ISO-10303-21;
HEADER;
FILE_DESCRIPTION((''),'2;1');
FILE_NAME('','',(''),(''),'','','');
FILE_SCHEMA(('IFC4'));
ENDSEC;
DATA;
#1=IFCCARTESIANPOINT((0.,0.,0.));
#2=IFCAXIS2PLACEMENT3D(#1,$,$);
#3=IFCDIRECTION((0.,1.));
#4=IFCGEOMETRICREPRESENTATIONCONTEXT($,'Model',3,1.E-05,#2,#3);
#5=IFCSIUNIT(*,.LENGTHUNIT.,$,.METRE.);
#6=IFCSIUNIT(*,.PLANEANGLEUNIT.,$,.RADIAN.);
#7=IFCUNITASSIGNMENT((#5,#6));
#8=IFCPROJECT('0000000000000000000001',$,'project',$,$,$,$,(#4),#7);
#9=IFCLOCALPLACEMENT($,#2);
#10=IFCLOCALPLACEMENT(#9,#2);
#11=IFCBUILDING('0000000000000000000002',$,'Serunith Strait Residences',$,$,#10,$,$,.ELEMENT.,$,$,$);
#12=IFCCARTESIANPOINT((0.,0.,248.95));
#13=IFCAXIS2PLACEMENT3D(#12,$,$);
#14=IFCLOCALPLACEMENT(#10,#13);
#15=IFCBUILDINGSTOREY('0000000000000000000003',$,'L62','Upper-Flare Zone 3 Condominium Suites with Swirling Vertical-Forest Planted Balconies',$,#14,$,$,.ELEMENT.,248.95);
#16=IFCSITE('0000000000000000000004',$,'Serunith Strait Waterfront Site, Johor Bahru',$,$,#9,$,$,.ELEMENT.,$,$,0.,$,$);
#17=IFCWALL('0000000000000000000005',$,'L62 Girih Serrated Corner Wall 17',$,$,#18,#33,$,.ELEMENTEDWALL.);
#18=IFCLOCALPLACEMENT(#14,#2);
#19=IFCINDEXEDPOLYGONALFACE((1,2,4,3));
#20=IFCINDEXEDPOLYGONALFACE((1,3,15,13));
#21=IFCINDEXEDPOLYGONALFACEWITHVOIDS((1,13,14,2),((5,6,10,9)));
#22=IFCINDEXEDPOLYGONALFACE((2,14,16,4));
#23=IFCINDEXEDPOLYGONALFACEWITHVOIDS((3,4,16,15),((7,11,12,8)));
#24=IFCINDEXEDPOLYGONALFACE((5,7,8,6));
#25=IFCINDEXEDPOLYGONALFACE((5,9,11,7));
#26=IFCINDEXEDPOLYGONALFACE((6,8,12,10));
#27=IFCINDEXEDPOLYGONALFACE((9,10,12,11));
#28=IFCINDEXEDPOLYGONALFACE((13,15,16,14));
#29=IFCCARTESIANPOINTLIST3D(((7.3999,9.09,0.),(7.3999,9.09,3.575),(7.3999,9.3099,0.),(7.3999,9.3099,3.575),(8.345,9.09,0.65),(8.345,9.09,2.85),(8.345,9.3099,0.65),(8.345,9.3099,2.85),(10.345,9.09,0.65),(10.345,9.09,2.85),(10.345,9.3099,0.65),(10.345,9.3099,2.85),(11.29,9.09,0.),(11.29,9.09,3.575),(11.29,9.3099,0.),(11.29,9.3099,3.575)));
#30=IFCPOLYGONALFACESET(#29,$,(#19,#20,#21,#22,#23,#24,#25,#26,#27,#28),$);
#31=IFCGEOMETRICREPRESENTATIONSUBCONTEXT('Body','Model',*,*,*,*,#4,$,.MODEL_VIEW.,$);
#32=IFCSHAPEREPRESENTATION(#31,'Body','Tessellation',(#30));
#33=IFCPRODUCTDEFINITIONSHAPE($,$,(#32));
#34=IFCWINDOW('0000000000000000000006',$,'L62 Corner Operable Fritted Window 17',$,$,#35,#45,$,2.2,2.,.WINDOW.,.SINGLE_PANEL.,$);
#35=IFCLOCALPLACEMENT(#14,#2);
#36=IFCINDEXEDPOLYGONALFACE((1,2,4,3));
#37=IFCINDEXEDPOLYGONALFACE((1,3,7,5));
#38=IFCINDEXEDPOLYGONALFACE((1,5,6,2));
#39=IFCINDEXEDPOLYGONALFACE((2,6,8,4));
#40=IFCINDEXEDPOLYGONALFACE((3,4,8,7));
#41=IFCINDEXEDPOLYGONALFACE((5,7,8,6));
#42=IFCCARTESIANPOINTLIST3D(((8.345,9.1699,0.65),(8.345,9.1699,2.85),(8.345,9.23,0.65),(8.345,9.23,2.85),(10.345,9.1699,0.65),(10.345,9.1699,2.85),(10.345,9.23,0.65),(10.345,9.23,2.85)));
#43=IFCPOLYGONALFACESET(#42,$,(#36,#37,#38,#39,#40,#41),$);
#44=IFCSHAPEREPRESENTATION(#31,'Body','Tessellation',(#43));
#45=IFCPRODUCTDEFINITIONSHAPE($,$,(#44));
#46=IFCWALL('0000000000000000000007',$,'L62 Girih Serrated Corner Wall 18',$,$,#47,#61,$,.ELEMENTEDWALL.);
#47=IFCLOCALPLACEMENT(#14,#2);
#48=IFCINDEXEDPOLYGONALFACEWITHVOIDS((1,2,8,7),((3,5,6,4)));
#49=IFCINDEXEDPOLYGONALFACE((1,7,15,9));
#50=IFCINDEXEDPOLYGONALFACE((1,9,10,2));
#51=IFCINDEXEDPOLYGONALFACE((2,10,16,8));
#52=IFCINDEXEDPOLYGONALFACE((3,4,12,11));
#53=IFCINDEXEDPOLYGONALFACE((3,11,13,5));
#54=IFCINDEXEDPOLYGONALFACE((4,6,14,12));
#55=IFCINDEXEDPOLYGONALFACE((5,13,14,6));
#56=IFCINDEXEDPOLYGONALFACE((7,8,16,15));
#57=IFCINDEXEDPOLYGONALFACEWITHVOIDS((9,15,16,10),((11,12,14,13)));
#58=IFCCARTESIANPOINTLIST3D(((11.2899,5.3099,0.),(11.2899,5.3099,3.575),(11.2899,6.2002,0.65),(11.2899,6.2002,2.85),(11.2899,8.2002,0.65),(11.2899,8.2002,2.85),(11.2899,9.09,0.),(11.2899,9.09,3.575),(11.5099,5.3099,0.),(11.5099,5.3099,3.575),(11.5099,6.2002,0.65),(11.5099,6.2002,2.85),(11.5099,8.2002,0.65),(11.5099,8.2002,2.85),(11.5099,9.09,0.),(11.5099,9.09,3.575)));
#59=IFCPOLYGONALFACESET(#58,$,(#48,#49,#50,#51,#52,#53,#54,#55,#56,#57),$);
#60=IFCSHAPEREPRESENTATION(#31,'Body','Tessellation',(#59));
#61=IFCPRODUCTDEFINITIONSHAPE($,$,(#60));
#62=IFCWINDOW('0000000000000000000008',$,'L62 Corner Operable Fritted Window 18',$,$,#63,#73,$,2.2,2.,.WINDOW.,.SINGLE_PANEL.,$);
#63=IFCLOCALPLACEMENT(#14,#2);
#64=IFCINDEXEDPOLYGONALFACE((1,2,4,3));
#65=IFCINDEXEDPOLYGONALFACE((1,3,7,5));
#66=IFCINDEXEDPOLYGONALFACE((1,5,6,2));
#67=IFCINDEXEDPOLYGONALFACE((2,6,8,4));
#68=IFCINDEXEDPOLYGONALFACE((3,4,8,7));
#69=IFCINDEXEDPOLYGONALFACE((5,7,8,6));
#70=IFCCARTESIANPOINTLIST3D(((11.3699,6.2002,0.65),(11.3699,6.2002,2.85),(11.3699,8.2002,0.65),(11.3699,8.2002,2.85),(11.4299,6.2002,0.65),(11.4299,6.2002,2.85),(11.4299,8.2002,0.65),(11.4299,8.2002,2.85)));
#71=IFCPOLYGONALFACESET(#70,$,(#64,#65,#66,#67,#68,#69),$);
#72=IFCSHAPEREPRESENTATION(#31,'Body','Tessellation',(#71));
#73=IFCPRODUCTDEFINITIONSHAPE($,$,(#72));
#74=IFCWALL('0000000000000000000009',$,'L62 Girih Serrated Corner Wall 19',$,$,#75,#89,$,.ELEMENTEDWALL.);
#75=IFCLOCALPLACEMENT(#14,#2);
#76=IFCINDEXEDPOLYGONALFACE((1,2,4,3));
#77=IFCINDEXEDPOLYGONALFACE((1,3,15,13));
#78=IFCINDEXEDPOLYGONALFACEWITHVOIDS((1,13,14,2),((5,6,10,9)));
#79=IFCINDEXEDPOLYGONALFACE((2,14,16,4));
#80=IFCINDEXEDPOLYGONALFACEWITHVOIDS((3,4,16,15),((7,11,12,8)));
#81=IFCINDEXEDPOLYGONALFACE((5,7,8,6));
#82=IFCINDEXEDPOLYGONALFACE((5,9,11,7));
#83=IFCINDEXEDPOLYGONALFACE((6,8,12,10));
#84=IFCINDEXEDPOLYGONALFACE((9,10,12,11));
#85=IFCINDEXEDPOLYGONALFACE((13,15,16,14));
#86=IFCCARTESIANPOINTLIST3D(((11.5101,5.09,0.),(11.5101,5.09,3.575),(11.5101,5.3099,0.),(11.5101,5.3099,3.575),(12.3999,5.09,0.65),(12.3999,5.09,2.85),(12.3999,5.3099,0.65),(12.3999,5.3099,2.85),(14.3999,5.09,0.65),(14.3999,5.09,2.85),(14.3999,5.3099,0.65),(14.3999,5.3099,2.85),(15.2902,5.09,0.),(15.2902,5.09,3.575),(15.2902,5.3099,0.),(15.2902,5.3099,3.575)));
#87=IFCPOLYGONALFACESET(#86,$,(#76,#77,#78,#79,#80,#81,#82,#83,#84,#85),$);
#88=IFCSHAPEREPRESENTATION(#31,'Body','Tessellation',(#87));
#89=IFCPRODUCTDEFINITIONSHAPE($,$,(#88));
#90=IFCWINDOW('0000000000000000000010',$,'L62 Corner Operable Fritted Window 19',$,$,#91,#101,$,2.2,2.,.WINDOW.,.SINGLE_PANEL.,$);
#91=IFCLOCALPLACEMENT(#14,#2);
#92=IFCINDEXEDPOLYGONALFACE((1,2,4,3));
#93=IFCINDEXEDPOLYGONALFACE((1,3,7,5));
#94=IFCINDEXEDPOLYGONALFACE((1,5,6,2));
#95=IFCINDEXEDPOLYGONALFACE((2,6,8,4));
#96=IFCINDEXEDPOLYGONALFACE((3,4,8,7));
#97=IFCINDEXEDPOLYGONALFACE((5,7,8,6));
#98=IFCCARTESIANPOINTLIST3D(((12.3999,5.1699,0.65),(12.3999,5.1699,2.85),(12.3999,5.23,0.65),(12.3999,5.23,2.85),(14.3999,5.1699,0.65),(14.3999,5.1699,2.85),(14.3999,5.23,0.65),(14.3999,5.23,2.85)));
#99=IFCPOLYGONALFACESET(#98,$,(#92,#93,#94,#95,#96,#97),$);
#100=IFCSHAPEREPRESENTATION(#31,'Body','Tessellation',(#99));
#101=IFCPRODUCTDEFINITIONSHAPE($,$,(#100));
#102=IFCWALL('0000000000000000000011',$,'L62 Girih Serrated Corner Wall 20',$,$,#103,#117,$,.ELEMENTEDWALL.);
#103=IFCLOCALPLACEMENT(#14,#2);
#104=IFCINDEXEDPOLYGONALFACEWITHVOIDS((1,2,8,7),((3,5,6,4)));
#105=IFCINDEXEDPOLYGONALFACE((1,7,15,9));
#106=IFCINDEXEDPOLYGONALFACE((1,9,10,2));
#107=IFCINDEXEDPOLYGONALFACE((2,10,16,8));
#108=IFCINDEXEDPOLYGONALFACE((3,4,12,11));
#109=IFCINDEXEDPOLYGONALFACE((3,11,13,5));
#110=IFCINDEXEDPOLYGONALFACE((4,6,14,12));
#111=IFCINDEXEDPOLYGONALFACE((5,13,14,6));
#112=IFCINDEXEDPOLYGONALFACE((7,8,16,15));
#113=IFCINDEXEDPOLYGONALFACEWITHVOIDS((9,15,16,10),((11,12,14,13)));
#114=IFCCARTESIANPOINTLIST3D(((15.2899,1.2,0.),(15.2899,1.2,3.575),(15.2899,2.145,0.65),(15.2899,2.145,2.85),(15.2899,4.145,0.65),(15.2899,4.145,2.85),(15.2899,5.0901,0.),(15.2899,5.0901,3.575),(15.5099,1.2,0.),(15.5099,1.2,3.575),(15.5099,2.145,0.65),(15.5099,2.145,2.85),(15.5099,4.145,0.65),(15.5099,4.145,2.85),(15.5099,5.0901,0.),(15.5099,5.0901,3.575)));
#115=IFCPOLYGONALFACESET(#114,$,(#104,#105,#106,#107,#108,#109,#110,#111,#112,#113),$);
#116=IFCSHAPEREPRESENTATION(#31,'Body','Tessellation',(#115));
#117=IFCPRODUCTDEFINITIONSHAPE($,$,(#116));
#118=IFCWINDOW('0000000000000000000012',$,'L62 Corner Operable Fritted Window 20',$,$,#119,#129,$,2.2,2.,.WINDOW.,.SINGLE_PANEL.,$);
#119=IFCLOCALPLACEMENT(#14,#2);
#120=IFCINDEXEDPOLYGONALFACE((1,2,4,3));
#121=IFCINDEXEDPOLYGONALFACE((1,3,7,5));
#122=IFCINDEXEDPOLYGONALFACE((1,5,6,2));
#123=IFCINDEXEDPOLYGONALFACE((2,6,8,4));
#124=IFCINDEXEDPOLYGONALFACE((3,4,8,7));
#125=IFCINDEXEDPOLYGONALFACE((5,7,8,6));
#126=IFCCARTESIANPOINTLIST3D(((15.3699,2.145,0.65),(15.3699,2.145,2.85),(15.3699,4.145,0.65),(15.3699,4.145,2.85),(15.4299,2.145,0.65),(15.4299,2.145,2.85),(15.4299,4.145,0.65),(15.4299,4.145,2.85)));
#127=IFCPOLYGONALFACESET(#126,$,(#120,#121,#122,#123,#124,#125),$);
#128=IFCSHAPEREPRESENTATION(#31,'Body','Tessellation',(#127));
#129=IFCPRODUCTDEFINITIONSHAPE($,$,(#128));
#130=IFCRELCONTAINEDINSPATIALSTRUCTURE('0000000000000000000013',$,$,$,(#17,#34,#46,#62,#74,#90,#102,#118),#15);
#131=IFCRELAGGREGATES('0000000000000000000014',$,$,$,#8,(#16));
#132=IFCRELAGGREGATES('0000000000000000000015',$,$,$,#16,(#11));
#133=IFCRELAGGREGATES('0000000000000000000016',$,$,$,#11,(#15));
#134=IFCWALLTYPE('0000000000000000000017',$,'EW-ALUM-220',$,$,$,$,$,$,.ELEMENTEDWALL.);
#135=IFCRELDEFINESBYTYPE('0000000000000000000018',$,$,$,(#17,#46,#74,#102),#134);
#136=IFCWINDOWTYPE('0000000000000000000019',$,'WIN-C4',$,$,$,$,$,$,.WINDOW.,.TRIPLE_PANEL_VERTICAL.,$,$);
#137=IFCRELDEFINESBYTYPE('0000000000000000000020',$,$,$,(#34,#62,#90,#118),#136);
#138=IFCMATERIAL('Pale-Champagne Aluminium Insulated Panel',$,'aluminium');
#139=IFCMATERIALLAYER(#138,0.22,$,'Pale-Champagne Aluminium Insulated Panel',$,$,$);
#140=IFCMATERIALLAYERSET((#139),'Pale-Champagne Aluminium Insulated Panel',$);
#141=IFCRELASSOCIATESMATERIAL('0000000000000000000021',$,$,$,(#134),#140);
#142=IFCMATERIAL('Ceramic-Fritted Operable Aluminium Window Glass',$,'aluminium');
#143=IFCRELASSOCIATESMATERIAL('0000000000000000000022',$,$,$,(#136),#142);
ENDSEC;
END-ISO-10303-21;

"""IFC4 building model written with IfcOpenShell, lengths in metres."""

from ifc_helpers import new_model, si_unit, direction, frame, frame_2d, origin, place, context, subcontext, project, spatial, rectangle, extrude, source, transform, mapped, material, layer, layer_set, type_object, element, fill, save


model = new_model("IFC4")

# Units and contexts
model_context = context("Model", 3, precision=1e-05, world=origin(), true_north=direction((0.0, 1.0)))
body_context = subcontext(model_context, "Body", "Model", "MODEL_VIEW")
ifc_project = project(units=[si_unit("LENGTHUNIT", "METRE"), si_unit("PLANEANGLEUNIT", "RADIAN")], contexts=[model_context])

# Site, building, storey
site_placement = place(None, origin())
site = spatial("IfcSite", under=ifc_project, at=site_placement, Name="Serunith Strait Waterfront Site, Johor Bahru", CompositionType="ELEMENT", RefElevation=0.0)
building_placement = place(site_placement, origin())
building = spatial("IfcBuilding", under=site, at=building_placement, Name="Serunith Strait Residences", CompositionType="ELEMENT")
storey_placement = place(building_placement, frame((0.0, 0.0, 248.95)))
storey = spatial("IfcBuildingStorey", under=building, at=storey_placement, Name="L62", Description="Upper-Flare Zone 3 Condominium Suites with Swirling Vertical-Forest Planted Balconies", CompositionType="ELEMENT", Elevation=248.95)

# Walls, openings, windows
ifc_material_1 = material(Name="Pale-Champagne Aluminium Insulated Panel", Category="aluminium")
ifc_layer_1 = layer(ifc_material_1, 0.22, Name="Pale-Champagne Aluminium Insulated Panel")
ifc_layer_set_1 = layer_set([ifc_layer_1], Name="Pale-Champagne Aluminium Insulated Panel")
wall_type = type_object("IfcWallType", Name="EW-ALUM-220", PredefinedType="ELEMENTEDWALL", material=ifc_layer_set_1)
wall_1_placement = place(storey_placement, frame((7.3999, 9.2, 0.0), z_axis=(0.0, 0.0, 1.0), x_axis=(1.0, 0.0, 0.0)))
wall_1 = element("IfcWall", 1, at=wall_1_placement, inside=storey, type_object=wall_type, Name="L62 Girih Serrated Corner Wall 17", PredefinedType="ELEMENTEDWALL", context=body_context, shape_type="SweptSolid", body=[
    extrude(rectangle(XDim=3.8901, YDim=0.22, at=frame_2d((1.9451, 0.0))), origin(), (0.0, 0.0, 1.0), 3.575),
])
opening_1_placement = place(wall_1_placement, frame((0.9451, 0.0, 0.6499)))
opening_1 = element("IfcOpeningElement", 2, at=opening_1_placement, cuts=wall_1, PredefinedType="OPENING", context=body_context, shape_type="SweptSolid", body=[
    extrude(rectangle(XDim=2.0, YDim=2.2, at=frame_2d((1.0, 1.1001))), frame((0.0, 0.1201, 0.0), z_axis=(0.0, -1.0, 0.0), x_axis=(1.0, 0.0, 0.0)), (0.0, 0.0, 1.0), 0.24),
])
ifc_material_2 = material(Name="Ceramic-Fritted Operable Aluminium Window Glass", Category="aluminium")
window_type = type_object("IfcWindowType", Name="WIN-C4", PartitioningType="TRIPLE_PANEL_VERTICAL", PredefinedType="WINDOW", material=ifc_material_2)
shared_shape_1 = source(origin(), body_context, "Body", "SweptSolid", [
    extrude(rectangle(XDim=2.0, YDim=2.2, at=frame_2d((1.0, 1.1001))), frame((0.0, 0.03, 0.0), z_axis=(0.0, -1.0, 0.0), x_axis=(1.0, 0.0, 0.0)), (0.0, 0.0, 1.0), 0.0601),
])
window_1_placement = place(opening_1_placement, origin())
window_1 = element("IfcWindow", 3, at=window_1_placement, inside=storey, type_object=window_type, Name="L62 Corner Operable Fritted Window 17", OverallHeight=2.2, OverallWidth=2.0, PartitioningType="SINGLE_PANEL", PredefinedType="WINDOW", context=body_context, shape_type="MappedRepresentation", body=[
    mapped(shared_shape_1, transform((0.0, 0.0, 0.0), scale=1.0)),
])
fill(opening_1, window_1)
wall_2_placement = place(storey_placement, frame((11.3999, 9.0901, 0.0), z_axis=(0.0, 0.0, 1.0), x_axis=(0.0, -1.0, 0.0)))
wall_2 = element("IfcWall", 4, at=wall_2_placement, inside=storey, type_object=wall_type, Name="L62 Girih Serrated Corner Wall 18", PredefinedType="ELEMENTEDWALL", context=body_context, shape_type="SweptSolid", body=[
    extrude(rectangle(XDim=3.78, YDim=0.22, at=frame_2d((1.8901, 0.0))), origin(), (0.0, 0.0, 1.0), 3.575),
])
opening_2_placement = place(wall_2_placement, frame((0.8899, 0.0, 0.6499)))
opening_2 = element("IfcOpeningElement", 5, at=opening_2_placement, cuts=wall_2, PredefinedType="OPENING", context=body_context, shape_type="SweptSolid", body=[
    extrude(rectangle(XDim=2.0, YDim=2.2, at=frame_2d((1.0, 1.1001))), frame((0.0, 0.1201, 0.0), z_axis=(0.0, -1.0, 0.0), x_axis=(1.0, 0.0, 0.0)), (0.0, 0.0, 1.0), 0.24),
])
window_2_placement = place(opening_2_placement, origin())
window_2 = element("IfcWindow", 6, at=window_2_placement, inside=storey, type_object=window_type, Name="L62 Corner Operable Fritted Window 18", OverallHeight=2.2, OverallWidth=2.0, PartitioningType="SINGLE_PANEL", PredefinedType="WINDOW", context=body_context, shape_type="MappedRepresentation", body=[
    mapped(shared_shape_1, transform((0.0, 0.0, 0.0), scale=1.0)),
])
fill(opening_2, window_2)
wall_3_placement = place(storey_placement, frame((11.51, 5.2, 0.0), z_axis=(0.0, 0.0, 1.0), x_axis=(1.0, 0.0, 0.0)))
wall_3 = element("IfcWall", 7, at=wall_3_placement, inside=storey, type_object=wall_type, Name="L62 Girih Serrated Corner Wall 19", PredefinedType="ELEMENTEDWALL", context=body_context, shape_type="SweptSolid", body=[
    extrude(rectangle(XDim=3.78, YDim=0.22, at=frame_2d((1.8901, 0.0))), origin(), (0.0, 0.0, 1.0), 3.575),
])
opening_3_placement = place(wall_3_placement, frame((0.8899, 0.0, 0.6499)))
opening_3 = element("IfcOpeningElement", 8, at=opening_3_placement, cuts=wall_3, PredefinedType="OPENING", context=body_context, shape_type="SweptSolid", body=[
    extrude(rectangle(XDim=2.0, YDim=2.2, at=frame_2d((1.0, 1.1001))), frame((0.0, 0.1201, 0.0), z_axis=(0.0, -1.0, 0.0), x_axis=(1.0, 0.0, 0.0)), (0.0, 0.0, 1.0), 0.24),
])
window_3_placement = place(opening_3_placement, origin())
window_3 = element("IfcWindow", 9, at=window_3_placement, inside=storey, type_object=window_type, Name="L62 Corner Operable Fritted Window 19", OverallHeight=2.2, OverallWidth=2.0, PartitioningType="SINGLE_PANEL", PredefinedType="WINDOW", context=body_context, shape_type="MappedRepresentation", body=[
    mapped(shared_shape_1, transform((0.0, 0.0, 0.0), scale=1.0)),
])
fill(opening_3, window_3)
wall_4_placement = place(storey_placement, frame((15.3999, 5.0901, 0.0), z_axis=(0.0, 0.0, 1.0), x_axis=(0.0, -1.0, 0.0)))
wall_4 = element("IfcWall", 10, at=wall_4_placement, inside=storey, type_object=wall_type, Name="L62 Girih Serrated Corner Wall 20", PredefinedType="ELEMENTEDWALL", context=body_context, shape_type="SweptSolid", body=[
    extrude(rectangle(XDim=3.8901, YDim=0.22, at=frame_2d((1.9451, 0.0))), origin(), (0.0, 0.0, 1.0), 3.575),
])
opening_4_placement = place(wall_4_placement, frame((0.9451, 0.0, 0.6499)))
opening_4 = element("IfcOpeningElement", 11, at=opening_4_placement, cuts=wall_4, PredefinedType="OPENING", context=body_context, shape_type="SweptSolid", body=[
    extrude(rectangle(XDim=2.0, YDim=2.2, at=frame_2d((1.0, 1.1001))), frame((0.0, 0.1201, 0.0), z_axis=(0.0, -1.0, 0.0), x_axis=(1.0, 0.0, 0.0)), (0.0, 0.0, 1.0), 0.24),
])
window_4_placement = place(opening_4_placement, origin())
window_4 = element("IfcWindow", 12, at=window_4_placement, inside=storey, type_object=window_type, Name="L62 Corner Operable Fritted Window 20", OverallHeight=2.2, OverallWidth=2.0, PartitioningType="SINGLE_PANEL", PredefinedType="WINDOW", context=body_context, shape_type="MappedRepresentation", body=[
    mapped(shared_shape_1, transform((0.0, 0.0, 0.0), scale=1.0)),
])
fill(opening_4, window_4)

save(model, "model.ifc")
